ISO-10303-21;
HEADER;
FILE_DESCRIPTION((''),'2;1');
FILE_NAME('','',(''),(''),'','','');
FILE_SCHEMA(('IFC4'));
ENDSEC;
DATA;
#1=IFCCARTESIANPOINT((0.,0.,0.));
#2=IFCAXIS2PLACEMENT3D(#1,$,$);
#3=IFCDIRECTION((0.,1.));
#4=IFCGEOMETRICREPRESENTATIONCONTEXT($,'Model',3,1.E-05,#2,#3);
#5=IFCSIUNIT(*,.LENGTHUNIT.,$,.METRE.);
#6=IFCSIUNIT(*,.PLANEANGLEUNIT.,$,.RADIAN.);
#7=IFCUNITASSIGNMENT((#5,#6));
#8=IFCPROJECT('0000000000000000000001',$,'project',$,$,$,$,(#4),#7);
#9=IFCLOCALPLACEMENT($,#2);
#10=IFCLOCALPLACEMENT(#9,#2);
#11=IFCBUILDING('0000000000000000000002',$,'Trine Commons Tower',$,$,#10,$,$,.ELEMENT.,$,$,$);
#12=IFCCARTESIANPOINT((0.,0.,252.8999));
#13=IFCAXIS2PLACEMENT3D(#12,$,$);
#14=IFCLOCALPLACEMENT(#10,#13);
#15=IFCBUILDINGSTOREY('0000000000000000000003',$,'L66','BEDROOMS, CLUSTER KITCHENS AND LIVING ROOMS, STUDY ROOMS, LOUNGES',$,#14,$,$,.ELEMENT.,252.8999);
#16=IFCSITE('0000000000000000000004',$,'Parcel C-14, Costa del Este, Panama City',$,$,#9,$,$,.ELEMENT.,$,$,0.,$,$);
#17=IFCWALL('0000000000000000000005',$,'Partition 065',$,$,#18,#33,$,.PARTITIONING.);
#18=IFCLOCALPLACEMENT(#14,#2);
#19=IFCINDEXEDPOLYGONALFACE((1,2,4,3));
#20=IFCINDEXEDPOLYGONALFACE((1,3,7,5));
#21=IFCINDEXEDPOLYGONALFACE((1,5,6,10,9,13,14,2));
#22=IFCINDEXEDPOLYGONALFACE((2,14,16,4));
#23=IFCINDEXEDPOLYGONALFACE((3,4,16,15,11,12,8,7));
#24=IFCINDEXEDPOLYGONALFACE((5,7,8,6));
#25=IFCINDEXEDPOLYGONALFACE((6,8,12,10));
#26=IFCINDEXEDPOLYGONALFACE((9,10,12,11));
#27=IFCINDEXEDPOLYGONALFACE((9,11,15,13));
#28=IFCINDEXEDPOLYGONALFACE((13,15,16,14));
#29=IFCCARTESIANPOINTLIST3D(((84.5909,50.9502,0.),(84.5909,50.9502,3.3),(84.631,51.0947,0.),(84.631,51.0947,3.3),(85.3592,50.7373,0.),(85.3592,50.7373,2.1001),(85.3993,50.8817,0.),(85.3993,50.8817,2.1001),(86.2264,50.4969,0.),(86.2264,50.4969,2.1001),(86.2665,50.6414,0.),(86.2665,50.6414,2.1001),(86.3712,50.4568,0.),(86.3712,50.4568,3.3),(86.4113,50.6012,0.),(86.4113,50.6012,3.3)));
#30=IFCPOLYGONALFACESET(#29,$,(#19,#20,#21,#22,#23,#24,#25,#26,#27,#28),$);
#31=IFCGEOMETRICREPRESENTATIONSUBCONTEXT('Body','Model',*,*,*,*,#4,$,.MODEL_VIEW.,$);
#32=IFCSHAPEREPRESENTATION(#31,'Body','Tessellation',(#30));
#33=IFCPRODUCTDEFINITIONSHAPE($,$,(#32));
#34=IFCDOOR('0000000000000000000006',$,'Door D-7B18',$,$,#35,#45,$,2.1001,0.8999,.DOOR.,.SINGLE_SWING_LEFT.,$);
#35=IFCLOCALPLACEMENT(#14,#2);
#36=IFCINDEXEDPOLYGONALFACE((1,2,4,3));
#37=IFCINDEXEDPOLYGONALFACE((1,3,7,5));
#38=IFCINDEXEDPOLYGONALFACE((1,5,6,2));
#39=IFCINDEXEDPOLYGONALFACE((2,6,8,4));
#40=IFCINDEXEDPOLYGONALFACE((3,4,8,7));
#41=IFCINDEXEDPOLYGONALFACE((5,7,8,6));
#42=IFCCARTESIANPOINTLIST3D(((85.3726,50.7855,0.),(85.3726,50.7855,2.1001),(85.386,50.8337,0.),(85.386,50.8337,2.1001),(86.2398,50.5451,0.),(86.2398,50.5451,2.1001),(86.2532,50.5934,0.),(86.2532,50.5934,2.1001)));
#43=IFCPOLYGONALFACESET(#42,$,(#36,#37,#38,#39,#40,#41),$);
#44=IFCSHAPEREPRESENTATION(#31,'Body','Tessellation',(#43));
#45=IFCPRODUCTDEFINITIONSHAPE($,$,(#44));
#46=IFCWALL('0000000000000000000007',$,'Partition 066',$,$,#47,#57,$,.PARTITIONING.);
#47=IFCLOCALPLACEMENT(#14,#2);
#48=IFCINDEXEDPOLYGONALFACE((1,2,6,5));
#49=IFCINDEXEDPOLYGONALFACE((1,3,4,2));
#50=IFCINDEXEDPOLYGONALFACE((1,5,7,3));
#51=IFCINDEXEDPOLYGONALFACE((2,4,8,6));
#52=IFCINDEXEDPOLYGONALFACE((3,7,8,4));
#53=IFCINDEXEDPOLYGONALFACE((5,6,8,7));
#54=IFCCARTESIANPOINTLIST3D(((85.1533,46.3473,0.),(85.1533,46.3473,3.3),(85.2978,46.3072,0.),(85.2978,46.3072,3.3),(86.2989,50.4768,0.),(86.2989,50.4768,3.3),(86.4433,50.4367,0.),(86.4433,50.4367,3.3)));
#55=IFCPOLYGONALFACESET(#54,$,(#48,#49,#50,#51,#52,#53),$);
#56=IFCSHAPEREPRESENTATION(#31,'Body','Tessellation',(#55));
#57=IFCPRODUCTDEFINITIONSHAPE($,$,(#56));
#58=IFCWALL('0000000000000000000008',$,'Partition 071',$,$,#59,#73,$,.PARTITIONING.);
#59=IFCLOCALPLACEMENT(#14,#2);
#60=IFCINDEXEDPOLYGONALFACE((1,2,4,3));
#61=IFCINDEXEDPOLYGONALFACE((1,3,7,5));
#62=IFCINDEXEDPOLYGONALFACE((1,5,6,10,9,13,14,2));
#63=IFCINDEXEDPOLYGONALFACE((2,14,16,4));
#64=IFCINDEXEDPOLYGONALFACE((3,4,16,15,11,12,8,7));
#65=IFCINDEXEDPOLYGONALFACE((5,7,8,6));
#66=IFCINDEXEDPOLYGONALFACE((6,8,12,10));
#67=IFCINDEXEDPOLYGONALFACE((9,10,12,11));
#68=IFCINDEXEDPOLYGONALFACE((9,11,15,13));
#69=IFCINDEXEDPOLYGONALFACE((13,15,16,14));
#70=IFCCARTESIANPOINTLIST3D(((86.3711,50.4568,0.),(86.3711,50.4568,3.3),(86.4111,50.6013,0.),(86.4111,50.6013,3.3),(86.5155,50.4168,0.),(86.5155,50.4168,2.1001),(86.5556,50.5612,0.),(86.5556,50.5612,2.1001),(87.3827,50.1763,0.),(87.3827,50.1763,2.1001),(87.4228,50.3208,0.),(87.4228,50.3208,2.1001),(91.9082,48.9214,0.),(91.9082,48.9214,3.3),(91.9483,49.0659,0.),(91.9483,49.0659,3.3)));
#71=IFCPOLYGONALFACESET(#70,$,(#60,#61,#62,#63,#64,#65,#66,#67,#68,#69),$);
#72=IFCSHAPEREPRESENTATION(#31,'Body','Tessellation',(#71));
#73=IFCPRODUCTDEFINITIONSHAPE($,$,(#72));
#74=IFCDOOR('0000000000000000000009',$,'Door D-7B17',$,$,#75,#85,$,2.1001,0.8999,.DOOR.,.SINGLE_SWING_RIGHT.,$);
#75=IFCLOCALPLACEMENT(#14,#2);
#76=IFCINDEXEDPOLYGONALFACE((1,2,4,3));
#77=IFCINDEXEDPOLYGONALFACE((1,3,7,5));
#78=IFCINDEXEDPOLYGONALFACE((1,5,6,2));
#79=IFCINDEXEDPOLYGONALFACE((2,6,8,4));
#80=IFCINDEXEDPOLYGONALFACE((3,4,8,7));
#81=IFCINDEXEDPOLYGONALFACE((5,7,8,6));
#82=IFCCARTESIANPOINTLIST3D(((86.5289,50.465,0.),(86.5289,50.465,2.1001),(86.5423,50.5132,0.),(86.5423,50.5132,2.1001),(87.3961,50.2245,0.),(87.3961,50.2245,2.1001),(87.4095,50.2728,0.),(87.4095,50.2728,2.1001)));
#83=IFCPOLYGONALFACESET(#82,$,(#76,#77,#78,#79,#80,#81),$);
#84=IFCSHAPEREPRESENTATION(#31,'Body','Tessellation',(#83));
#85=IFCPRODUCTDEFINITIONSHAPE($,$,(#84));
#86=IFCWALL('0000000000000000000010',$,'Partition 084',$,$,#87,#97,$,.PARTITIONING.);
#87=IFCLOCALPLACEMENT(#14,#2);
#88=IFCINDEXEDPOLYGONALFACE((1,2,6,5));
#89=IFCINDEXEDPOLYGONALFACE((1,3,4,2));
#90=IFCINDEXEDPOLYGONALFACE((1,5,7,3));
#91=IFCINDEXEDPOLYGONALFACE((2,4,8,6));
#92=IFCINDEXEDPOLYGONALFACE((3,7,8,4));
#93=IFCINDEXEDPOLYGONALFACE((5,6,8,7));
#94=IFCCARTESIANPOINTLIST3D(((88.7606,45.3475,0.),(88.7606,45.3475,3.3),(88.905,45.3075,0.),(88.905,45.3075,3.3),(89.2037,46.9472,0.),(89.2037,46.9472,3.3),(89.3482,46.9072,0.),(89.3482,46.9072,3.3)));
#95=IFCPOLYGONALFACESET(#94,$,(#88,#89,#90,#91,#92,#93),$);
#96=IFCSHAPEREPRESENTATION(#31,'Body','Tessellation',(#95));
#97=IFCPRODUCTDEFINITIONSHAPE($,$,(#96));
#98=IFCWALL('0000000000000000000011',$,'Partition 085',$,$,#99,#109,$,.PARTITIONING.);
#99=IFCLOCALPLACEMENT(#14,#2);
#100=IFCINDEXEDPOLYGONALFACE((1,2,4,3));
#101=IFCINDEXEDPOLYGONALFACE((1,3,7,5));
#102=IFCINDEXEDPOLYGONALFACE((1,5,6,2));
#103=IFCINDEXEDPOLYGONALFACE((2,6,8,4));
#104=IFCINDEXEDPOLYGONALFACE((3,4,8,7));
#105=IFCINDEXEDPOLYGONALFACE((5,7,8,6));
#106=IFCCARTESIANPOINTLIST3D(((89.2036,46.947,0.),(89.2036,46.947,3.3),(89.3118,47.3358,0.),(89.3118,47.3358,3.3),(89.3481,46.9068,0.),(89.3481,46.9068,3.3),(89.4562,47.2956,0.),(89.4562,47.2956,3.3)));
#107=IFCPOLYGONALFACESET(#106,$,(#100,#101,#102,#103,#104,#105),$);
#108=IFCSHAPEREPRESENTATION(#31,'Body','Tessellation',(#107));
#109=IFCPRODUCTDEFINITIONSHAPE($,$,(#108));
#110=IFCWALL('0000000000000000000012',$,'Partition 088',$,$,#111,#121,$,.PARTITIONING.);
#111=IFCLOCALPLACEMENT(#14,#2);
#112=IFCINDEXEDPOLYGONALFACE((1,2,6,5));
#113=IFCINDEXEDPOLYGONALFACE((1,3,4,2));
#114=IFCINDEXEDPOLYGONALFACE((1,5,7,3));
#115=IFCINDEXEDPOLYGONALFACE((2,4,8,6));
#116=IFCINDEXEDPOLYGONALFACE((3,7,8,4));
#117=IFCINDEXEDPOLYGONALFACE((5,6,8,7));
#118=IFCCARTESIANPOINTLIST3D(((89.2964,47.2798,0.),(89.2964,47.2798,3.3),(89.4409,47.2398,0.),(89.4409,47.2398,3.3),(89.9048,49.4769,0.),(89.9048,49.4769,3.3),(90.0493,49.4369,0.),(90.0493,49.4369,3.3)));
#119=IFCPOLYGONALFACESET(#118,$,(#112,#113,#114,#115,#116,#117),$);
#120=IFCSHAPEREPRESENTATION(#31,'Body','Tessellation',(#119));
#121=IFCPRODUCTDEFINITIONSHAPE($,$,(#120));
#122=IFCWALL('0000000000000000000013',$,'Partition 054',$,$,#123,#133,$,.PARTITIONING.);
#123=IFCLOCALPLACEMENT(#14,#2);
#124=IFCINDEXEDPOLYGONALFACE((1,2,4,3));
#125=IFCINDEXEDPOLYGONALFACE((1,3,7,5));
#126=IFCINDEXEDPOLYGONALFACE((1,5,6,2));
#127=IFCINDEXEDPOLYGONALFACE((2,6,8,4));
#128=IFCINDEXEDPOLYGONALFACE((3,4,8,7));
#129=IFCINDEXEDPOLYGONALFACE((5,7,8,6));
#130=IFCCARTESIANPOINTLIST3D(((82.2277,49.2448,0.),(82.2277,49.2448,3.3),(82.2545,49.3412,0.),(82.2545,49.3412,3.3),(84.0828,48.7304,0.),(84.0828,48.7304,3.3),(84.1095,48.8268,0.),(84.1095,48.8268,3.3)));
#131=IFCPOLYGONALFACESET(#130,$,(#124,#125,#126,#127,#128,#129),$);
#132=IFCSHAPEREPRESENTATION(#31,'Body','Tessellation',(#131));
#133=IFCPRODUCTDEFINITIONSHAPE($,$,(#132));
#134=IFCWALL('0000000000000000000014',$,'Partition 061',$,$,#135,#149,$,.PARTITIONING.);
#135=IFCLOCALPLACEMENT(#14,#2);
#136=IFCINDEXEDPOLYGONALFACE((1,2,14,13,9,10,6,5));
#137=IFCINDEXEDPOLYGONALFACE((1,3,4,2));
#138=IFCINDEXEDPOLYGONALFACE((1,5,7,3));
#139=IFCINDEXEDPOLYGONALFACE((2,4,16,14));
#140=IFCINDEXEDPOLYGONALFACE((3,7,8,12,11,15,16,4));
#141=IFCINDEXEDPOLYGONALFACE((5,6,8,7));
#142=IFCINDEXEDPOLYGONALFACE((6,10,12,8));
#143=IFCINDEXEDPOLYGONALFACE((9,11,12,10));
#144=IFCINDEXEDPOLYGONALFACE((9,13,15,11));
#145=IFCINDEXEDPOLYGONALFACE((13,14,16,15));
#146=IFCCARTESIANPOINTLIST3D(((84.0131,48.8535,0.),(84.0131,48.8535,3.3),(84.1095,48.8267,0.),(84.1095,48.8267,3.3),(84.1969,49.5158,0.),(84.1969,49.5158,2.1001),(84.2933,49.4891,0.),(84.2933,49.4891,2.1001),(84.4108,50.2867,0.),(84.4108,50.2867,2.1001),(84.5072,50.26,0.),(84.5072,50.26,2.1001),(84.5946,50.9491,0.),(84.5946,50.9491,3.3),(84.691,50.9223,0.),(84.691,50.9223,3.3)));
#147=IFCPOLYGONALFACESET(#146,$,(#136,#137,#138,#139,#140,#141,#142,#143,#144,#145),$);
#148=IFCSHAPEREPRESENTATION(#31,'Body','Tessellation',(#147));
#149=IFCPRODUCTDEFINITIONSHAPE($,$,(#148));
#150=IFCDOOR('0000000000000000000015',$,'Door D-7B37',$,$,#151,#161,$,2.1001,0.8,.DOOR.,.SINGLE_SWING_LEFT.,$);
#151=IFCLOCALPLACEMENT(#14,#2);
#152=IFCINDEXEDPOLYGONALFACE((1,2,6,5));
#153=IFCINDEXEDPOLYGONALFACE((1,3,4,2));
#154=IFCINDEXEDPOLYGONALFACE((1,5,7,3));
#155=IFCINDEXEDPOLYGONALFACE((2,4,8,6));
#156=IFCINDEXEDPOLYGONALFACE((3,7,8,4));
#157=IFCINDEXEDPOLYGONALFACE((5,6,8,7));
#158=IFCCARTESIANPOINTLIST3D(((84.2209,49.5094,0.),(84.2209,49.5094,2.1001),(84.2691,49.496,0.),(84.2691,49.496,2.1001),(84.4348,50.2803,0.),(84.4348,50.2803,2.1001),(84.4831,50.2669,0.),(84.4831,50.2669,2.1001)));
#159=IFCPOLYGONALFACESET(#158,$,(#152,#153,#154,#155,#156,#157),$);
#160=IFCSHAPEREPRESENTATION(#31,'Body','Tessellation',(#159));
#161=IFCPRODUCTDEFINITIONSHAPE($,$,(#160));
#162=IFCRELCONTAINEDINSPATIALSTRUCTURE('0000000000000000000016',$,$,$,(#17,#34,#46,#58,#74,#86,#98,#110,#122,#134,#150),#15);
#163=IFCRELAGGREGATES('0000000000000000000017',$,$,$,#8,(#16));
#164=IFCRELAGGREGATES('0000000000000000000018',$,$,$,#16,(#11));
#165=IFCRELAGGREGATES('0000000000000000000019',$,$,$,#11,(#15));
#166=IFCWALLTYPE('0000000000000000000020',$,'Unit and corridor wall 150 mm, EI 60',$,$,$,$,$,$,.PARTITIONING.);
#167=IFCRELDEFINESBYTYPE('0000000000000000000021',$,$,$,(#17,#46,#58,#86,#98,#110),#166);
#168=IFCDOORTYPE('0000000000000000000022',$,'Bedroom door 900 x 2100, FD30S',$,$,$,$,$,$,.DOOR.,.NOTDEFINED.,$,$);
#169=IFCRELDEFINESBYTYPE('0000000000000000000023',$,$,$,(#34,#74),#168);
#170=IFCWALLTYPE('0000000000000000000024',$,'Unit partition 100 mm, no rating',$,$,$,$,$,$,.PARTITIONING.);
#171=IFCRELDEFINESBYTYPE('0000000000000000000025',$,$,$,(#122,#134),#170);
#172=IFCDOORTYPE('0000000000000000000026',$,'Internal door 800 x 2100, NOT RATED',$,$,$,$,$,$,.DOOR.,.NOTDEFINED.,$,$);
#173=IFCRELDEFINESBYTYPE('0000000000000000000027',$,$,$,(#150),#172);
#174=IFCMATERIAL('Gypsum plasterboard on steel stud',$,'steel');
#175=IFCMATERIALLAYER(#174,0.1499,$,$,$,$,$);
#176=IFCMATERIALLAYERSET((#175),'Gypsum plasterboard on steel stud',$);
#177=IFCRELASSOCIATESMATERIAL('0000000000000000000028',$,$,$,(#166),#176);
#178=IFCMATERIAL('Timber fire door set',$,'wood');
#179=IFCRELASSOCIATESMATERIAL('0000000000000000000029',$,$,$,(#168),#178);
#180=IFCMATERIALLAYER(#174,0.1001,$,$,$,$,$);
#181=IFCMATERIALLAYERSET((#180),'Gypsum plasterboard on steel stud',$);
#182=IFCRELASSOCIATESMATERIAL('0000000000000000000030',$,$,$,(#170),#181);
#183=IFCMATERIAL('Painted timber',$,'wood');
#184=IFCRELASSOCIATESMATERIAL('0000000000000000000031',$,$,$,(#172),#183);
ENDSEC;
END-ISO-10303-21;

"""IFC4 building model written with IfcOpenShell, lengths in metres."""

from ifc_helpers import new_model, si_unit, direction, frame, frame_2d, origin, place, context, subcontext, project, spatial, rectangle, extrude, material, layer, layer_set, type_object, element, fill, save


model = new_model("IFC4")

# Units and contexts
model_context = context("Model", 3, precision=1e-05, world=origin(), true_north=direction((0.0, 1.0)))
body_context = subcontext(model_context, "Body", "Model", "MODEL_VIEW")
ifc_project = project(units=[si_unit("LENGTHUNIT", "METRE"), si_unit("PLANEANGLEUNIT", "RADIAN")], contexts=[model_context])

# Site, building, storey
site_placement = place(None, origin())
site = spatial("IfcSite", under=ifc_project, at=site_placement, Name="Parcel C-14, Costa del Este, Panama City", CompositionType="ELEMENT", RefElevation=0.0)
building_placement = place(site_placement, origin())
building = spatial("IfcBuilding", under=site, at=building_placement, Name="Trine Commons Tower", CompositionType="ELEMENT")
storey_placement = place(building_placement, frame((0.0, 0.0, 252.8999)))
storey = spatial("IfcBuildingStorey", under=building, at=storey_placement, Name="L66", Description="BEDROOMS, CLUSTER KITCHENS AND LIVING ROOMS, STUDY ROOMS, LOUNGES", CompositionType="ELEMENT", Elevation=252.8999)

# Shared definitions
ifc_material_1 = material(Name="Gypsum plasterboard on steel stud", Category="steel")
ifc_layer_1 = layer(ifc_material_1, 0.1499)
ifc_layer_set_1 = layer_set([ifc_layer_1], Name="Gypsum plasterboard on steel stud")
wall_type_1 = type_object("IfcWallType", Name="Unit and corridor wall 150 mm, EI 60", PredefinedType="PARTITIONING", material=ifc_layer_set_1)
ifc_material_2 = material(Name="Painted timber", Category="wood")

# Wall, opening, door
ifc_material_3 = material(Name="Timber fire door set", Category="wood")
wall_1_placement = place(storey_placement, frame((84.6108, 51.0225, 0.0), z_axis=(0.0, 0.0, 1.0), x_axis=(0.963673, -0.267085, 0.0)))
wall_1 = element("IfcWall", 1, at=wall_1_placement, inside=storey, type_object=wall_type_1, Name="Partition 065", PredefinedType="PARTITIONING", context=body_context, shape_type="SweptSolid", body=[
    extrude(rectangle(XDim=1.8474, YDim=0.1499, at=frame_2d((0.9238, 0.0))), origin(), (0.0, 0.0, 1.0), 3.3),
])
opening_1_placement = place(wall_1_placement, frame((0.7974, 0.0, 0.0)))
opening_1 = element("IfcOpeningElement", 2, at=opening_1_placement, cuts=wall_1, PredefinedType="OPENING", context=body_context, shape_type="SweptSolid", body=[
    extrude(rectangle(XDim=0.8999, YDim=2.1001, at=frame_2d((0.45, 1.05))), frame((0.0, 0.085, 0.0), z_axis=(0.0, -1.0, 0.0), x_axis=(1.0, 0.0, 0.0)), (0.0, 0.0, 1.0), 0.1699),
])
door_type_1 = type_object("IfcDoorType", Name="Bedroom door 900 x 2100, FD30S", OperationType="NOTDEFINED", PredefinedType="DOOR", material=ifc_material_3)
door_1_placement = place(opening_1_placement, frame((0.8999, 0.0, 0.0), z_axis=(0.0, 0.0, 1.0), x_axis=(-1.0, 0.0, 0.0)))
door_1 = element("IfcDoor", 3, at=door_1_placement, inside=storey, type_object=door_type_1, Name="Door D-7B18", OperationType="SINGLE_SWING_LEFT", OverallHeight=2.1001, OverallWidth=0.8999, PredefinedType="DOOR", context=body_context, shape_type="SweptSolid", body=[
    extrude(rectangle(XDim=0.8999, YDim=2.1001, at=frame_2d((0.45, 1.05))), frame((0.0, 0.0249, 0.0), z_axis=(0.0, -1.0, 0.0), x_axis=(1.0, 0.0, 0.0)), (0.0, 0.0, 1.0), 0.05),
])
fill(opening_1, door_1)

# Wall
wall_2_placement = place(storey_placement, frame((85.2256, 46.3274, 0.0), z_axis=(0.0, 0.0, 1.0), x_axis=(0.267309, 0.963611, 0.0)))
element("IfcWall", 4, at=wall_2_placement, inside=storey, type_object=wall_type_1, Name="Partition 066", PredefinedType="PARTITIONING", context=body_context, shape_type="SweptSolid", body=[
    extrude(rectangle(XDim=4.2854, YDim=0.1499, at=frame_2d((2.1426, 0.0))), origin(), (0.0, 0.0, 1.0), 3.3),
])

# Wall, opening, door
wall_3_placement = place(storey_placement, frame((86.3911, 50.5291, 0.0), z_axis=(0.0, 0.0, 1.0), x_axis=(0.963638, -0.26721, 0.0)))
wall_3 = element("IfcWall", 5, at=wall_3_placement, inside=storey, type_object=wall_type_1, Name="Partition 071", PredefinedType="PARTITIONING", context=body_context, shape_type="SweptSolid", body=[
    extrude(rectangle(XDim=5.7461, YDim=0.1499, at=frame_2d((2.873, 0.0))), origin(), (0.0, 0.0, 1.0), 3.3),
])
opening_2_placement = place(wall_3_placement, frame((0.1499, 0.0, 0.0)))
opening_2 = element("IfcOpeningElement", 6, at=opening_2_placement, cuts=wall_3, PredefinedType="OPENING", context=body_context, shape_type="SweptSolid", body=[
    extrude(rectangle(XDim=0.8999, YDim=2.1001, at=frame_2d((0.45, 1.05))), frame((0.0, 0.085, 0.0), z_axis=(0.0, -1.0, 0.0), x_axis=(1.0, 0.0, 0.0)), (0.0, 0.0, 1.0), 0.1699),
])
door_2_placement = place(opening_2_placement, frame((0.8999, 0.0, 0.0), z_axis=(0.0, 0.0, 1.0), x_axis=(-1.0, 0.0, 0.0)))
door_2 = element("IfcDoor", 7, at=door_2_placement, inside=storey, type_object=door_type_1, Name="Door D-7B17", OperationType="SINGLE_SWING_RIGHT", OverallHeight=2.1001, OverallWidth=0.8999, PredefinedType="DOOR", context=body_context, shape_type="SweptSolid", body=[
    extrude(rectangle(XDim=0.8999, YDim=2.1001, at=frame_2d((0.45, 1.05))), frame((0.0, 0.0249, 0.0), z_axis=(0.0, -1.0, 0.0), x_axis=(1.0, 0.0, 0.0)), (0.0, 0.0, 1.0), 0.05),
])
fill(opening_2, door_2)

# Walls
wall_4_placement = place(storey_placement, frame((88.8328, 45.3274, 0.0), z_axis=(0.0, 0.0, 1.0), x_axis=(0.266961, 0.963707, 0.0)))
element("IfcWall", 8, at=wall_4_placement, inside=storey, type_object=wall_type_1, Name="Partition 084", PredefinedType="PARTITIONING", context=body_context, shape_type="SweptSolid", body=[
    extrude(rectangle(XDim=1.6599, YDim=0.1499, at=frame_2d((0.8301, 0.0))), origin(), (0.0, 0.0, 1.0), 3.3),
])
wall_5_placement = place(storey_placement, frame((89.2759, 46.927, 0.0), z_axis=(0.0, 0.0, 1.0), x_axis=(0.267925, 0.96344, 0.0)))
element("IfcWall", 9, at=wall_5_placement, inside=storey, type_object=wall_type_1, Name="Partition 085", PredefinedType="PARTITIONING", context=body_context, shape_type="SweptSolid", body=[
    extrude(rectangle(XDim=0.4036, YDim=0.1499, at=frame_2d((0.2017, 0.0))), origin(), (0.0, 0.0, 1.0), 3.3),
])
wall_6_placement = place(storey_placement, frame((89.3687, 47.2598, 0.0), z_axis=(0.0, 0.0, 1.0), x_axis=(0.266876, 0.963731, 0.0)))
element("IfcWall", 10, at=wall_6_placement, inside=storey, type_object=wall_type_1, Name="Partition 088", PredefinedType="PARTITIONING", context=body_context, shape_type="SweptSolid", body=[
    extrude(rectangle(XDim=2.2798, YDim=0.1499, at=frame_2d((1.1399, 0.0))), origin(), (0.0, 0.0, 1.0), 3.3),
])
ifc_layer_2 = layer(ifc_material_1, 0.1001)
ifc_layer_set_2 = layer_set([ifc_layer_2], Name="Gypsum plasterboard on steel stud")
wall_type_2 = type_object("IfcWallType", Name="Unit partition 100 mm, no rating", PredefinedType="PARTITIONING", material=ifc_layer_set_2)
wall_7_placement = place(storey_placement, frame((82.2412, 49.293, 0.0), z_axis=(0.0, 0.0, 1.0), x_axis=(0.963634, -0.267225, 0.0)))
element("IfcWall", 11, at=wall_7_placement, inside=storey, type_object=wall_type_2, Name="Partition 054", PredefinedType="PARTITIONING", context=body_context, shape_type="SweptSolid", body=[
    extrude(rectangle(XDim=1.925, YDim=0.1001, at=frame_2d((0.9624, 0.0))), origin(), (0.0, 0.0, 1.0), 3.3),
])

# Wall, opening, door
wall_8_placement = place(storey_placement, frame((84.0613, 48.8401, 0.0), z_axis=(0.0, 0.0, 1.0), x_axis=(0.267389, 0.963589, 0.0)))
wall_8 = element("IfcWall", 12, at=wall_8_placement, inside=storey, type_object=wall_type_2, Name="Partition 061", PredefinedType="PARTITIONING", context=body_context, shape_type="SweptSolid", body=[
    extrude(rectangle(XDim=2.1748, YDim=0.1001, at=frame_2d((1.0874, 0.0))), origin(), (0.0, 0.0, 1.0), 3.3),
])
opening_3_placement = place(wall_8_placement, frame((0.6875, 0.0, 0.0)))
opening_3 = element("IfcOpeningElement", 13, at=opening_3_placement, cuts=wall_8, PredefinedType="OPENING", context=body_context, shape_type="SweptSolid", body=[
    extrude(rectangle(XDim=0.8, YDim=2.1001, at=frame_2d((0.3999, 1.05))), frame((0.0, 0.0601, 0.0), z_axis=(0.0, -1.0, 0.0), x_axis=(1.0, 0.0, 0.0)), (0.0, 0.0, 1.0), 0.1201),
])
door_type_2 = type_object("IfcDoorType", Name="Internal door 800 x 2100, NOT RATED", OperationType="NOTDEFINED", PredefinedType="DOOR", material=ifc_material_2)
door_3_placement = place(opening_3_placement, frame((0.8, 0.0, 0.0), z_axis=(0.0, 0.0, 1.0), x_axis=(-1.0, 0.0, 0.0)))
door_3 = element("IfcDoor", 14, at=door_3_placement, inside=storey, type_object=door_type_2, Name="Door D-7B37", OperationType="SINGLE_SWING_LEFT", OverallHeight=2.1001, OverallWidth=0.8, PredefinedType="DOOR", context=body_context, shape_type="SweptSolid", body=[
    extrude(rectangle(XDim=0.8, YDim=2.1001, at=frame_2d((0.3999, 1.05))), frame((0.0, 0.0249, 0.0), z_axis=(0.0, -1.0, 0.0), x_axis=(1.0, 0.0, 0.0)), (0.0, 0.0, 1.0), 0.05),
])
fill(opening_3, door_3)

save(model, "model.ifc")
